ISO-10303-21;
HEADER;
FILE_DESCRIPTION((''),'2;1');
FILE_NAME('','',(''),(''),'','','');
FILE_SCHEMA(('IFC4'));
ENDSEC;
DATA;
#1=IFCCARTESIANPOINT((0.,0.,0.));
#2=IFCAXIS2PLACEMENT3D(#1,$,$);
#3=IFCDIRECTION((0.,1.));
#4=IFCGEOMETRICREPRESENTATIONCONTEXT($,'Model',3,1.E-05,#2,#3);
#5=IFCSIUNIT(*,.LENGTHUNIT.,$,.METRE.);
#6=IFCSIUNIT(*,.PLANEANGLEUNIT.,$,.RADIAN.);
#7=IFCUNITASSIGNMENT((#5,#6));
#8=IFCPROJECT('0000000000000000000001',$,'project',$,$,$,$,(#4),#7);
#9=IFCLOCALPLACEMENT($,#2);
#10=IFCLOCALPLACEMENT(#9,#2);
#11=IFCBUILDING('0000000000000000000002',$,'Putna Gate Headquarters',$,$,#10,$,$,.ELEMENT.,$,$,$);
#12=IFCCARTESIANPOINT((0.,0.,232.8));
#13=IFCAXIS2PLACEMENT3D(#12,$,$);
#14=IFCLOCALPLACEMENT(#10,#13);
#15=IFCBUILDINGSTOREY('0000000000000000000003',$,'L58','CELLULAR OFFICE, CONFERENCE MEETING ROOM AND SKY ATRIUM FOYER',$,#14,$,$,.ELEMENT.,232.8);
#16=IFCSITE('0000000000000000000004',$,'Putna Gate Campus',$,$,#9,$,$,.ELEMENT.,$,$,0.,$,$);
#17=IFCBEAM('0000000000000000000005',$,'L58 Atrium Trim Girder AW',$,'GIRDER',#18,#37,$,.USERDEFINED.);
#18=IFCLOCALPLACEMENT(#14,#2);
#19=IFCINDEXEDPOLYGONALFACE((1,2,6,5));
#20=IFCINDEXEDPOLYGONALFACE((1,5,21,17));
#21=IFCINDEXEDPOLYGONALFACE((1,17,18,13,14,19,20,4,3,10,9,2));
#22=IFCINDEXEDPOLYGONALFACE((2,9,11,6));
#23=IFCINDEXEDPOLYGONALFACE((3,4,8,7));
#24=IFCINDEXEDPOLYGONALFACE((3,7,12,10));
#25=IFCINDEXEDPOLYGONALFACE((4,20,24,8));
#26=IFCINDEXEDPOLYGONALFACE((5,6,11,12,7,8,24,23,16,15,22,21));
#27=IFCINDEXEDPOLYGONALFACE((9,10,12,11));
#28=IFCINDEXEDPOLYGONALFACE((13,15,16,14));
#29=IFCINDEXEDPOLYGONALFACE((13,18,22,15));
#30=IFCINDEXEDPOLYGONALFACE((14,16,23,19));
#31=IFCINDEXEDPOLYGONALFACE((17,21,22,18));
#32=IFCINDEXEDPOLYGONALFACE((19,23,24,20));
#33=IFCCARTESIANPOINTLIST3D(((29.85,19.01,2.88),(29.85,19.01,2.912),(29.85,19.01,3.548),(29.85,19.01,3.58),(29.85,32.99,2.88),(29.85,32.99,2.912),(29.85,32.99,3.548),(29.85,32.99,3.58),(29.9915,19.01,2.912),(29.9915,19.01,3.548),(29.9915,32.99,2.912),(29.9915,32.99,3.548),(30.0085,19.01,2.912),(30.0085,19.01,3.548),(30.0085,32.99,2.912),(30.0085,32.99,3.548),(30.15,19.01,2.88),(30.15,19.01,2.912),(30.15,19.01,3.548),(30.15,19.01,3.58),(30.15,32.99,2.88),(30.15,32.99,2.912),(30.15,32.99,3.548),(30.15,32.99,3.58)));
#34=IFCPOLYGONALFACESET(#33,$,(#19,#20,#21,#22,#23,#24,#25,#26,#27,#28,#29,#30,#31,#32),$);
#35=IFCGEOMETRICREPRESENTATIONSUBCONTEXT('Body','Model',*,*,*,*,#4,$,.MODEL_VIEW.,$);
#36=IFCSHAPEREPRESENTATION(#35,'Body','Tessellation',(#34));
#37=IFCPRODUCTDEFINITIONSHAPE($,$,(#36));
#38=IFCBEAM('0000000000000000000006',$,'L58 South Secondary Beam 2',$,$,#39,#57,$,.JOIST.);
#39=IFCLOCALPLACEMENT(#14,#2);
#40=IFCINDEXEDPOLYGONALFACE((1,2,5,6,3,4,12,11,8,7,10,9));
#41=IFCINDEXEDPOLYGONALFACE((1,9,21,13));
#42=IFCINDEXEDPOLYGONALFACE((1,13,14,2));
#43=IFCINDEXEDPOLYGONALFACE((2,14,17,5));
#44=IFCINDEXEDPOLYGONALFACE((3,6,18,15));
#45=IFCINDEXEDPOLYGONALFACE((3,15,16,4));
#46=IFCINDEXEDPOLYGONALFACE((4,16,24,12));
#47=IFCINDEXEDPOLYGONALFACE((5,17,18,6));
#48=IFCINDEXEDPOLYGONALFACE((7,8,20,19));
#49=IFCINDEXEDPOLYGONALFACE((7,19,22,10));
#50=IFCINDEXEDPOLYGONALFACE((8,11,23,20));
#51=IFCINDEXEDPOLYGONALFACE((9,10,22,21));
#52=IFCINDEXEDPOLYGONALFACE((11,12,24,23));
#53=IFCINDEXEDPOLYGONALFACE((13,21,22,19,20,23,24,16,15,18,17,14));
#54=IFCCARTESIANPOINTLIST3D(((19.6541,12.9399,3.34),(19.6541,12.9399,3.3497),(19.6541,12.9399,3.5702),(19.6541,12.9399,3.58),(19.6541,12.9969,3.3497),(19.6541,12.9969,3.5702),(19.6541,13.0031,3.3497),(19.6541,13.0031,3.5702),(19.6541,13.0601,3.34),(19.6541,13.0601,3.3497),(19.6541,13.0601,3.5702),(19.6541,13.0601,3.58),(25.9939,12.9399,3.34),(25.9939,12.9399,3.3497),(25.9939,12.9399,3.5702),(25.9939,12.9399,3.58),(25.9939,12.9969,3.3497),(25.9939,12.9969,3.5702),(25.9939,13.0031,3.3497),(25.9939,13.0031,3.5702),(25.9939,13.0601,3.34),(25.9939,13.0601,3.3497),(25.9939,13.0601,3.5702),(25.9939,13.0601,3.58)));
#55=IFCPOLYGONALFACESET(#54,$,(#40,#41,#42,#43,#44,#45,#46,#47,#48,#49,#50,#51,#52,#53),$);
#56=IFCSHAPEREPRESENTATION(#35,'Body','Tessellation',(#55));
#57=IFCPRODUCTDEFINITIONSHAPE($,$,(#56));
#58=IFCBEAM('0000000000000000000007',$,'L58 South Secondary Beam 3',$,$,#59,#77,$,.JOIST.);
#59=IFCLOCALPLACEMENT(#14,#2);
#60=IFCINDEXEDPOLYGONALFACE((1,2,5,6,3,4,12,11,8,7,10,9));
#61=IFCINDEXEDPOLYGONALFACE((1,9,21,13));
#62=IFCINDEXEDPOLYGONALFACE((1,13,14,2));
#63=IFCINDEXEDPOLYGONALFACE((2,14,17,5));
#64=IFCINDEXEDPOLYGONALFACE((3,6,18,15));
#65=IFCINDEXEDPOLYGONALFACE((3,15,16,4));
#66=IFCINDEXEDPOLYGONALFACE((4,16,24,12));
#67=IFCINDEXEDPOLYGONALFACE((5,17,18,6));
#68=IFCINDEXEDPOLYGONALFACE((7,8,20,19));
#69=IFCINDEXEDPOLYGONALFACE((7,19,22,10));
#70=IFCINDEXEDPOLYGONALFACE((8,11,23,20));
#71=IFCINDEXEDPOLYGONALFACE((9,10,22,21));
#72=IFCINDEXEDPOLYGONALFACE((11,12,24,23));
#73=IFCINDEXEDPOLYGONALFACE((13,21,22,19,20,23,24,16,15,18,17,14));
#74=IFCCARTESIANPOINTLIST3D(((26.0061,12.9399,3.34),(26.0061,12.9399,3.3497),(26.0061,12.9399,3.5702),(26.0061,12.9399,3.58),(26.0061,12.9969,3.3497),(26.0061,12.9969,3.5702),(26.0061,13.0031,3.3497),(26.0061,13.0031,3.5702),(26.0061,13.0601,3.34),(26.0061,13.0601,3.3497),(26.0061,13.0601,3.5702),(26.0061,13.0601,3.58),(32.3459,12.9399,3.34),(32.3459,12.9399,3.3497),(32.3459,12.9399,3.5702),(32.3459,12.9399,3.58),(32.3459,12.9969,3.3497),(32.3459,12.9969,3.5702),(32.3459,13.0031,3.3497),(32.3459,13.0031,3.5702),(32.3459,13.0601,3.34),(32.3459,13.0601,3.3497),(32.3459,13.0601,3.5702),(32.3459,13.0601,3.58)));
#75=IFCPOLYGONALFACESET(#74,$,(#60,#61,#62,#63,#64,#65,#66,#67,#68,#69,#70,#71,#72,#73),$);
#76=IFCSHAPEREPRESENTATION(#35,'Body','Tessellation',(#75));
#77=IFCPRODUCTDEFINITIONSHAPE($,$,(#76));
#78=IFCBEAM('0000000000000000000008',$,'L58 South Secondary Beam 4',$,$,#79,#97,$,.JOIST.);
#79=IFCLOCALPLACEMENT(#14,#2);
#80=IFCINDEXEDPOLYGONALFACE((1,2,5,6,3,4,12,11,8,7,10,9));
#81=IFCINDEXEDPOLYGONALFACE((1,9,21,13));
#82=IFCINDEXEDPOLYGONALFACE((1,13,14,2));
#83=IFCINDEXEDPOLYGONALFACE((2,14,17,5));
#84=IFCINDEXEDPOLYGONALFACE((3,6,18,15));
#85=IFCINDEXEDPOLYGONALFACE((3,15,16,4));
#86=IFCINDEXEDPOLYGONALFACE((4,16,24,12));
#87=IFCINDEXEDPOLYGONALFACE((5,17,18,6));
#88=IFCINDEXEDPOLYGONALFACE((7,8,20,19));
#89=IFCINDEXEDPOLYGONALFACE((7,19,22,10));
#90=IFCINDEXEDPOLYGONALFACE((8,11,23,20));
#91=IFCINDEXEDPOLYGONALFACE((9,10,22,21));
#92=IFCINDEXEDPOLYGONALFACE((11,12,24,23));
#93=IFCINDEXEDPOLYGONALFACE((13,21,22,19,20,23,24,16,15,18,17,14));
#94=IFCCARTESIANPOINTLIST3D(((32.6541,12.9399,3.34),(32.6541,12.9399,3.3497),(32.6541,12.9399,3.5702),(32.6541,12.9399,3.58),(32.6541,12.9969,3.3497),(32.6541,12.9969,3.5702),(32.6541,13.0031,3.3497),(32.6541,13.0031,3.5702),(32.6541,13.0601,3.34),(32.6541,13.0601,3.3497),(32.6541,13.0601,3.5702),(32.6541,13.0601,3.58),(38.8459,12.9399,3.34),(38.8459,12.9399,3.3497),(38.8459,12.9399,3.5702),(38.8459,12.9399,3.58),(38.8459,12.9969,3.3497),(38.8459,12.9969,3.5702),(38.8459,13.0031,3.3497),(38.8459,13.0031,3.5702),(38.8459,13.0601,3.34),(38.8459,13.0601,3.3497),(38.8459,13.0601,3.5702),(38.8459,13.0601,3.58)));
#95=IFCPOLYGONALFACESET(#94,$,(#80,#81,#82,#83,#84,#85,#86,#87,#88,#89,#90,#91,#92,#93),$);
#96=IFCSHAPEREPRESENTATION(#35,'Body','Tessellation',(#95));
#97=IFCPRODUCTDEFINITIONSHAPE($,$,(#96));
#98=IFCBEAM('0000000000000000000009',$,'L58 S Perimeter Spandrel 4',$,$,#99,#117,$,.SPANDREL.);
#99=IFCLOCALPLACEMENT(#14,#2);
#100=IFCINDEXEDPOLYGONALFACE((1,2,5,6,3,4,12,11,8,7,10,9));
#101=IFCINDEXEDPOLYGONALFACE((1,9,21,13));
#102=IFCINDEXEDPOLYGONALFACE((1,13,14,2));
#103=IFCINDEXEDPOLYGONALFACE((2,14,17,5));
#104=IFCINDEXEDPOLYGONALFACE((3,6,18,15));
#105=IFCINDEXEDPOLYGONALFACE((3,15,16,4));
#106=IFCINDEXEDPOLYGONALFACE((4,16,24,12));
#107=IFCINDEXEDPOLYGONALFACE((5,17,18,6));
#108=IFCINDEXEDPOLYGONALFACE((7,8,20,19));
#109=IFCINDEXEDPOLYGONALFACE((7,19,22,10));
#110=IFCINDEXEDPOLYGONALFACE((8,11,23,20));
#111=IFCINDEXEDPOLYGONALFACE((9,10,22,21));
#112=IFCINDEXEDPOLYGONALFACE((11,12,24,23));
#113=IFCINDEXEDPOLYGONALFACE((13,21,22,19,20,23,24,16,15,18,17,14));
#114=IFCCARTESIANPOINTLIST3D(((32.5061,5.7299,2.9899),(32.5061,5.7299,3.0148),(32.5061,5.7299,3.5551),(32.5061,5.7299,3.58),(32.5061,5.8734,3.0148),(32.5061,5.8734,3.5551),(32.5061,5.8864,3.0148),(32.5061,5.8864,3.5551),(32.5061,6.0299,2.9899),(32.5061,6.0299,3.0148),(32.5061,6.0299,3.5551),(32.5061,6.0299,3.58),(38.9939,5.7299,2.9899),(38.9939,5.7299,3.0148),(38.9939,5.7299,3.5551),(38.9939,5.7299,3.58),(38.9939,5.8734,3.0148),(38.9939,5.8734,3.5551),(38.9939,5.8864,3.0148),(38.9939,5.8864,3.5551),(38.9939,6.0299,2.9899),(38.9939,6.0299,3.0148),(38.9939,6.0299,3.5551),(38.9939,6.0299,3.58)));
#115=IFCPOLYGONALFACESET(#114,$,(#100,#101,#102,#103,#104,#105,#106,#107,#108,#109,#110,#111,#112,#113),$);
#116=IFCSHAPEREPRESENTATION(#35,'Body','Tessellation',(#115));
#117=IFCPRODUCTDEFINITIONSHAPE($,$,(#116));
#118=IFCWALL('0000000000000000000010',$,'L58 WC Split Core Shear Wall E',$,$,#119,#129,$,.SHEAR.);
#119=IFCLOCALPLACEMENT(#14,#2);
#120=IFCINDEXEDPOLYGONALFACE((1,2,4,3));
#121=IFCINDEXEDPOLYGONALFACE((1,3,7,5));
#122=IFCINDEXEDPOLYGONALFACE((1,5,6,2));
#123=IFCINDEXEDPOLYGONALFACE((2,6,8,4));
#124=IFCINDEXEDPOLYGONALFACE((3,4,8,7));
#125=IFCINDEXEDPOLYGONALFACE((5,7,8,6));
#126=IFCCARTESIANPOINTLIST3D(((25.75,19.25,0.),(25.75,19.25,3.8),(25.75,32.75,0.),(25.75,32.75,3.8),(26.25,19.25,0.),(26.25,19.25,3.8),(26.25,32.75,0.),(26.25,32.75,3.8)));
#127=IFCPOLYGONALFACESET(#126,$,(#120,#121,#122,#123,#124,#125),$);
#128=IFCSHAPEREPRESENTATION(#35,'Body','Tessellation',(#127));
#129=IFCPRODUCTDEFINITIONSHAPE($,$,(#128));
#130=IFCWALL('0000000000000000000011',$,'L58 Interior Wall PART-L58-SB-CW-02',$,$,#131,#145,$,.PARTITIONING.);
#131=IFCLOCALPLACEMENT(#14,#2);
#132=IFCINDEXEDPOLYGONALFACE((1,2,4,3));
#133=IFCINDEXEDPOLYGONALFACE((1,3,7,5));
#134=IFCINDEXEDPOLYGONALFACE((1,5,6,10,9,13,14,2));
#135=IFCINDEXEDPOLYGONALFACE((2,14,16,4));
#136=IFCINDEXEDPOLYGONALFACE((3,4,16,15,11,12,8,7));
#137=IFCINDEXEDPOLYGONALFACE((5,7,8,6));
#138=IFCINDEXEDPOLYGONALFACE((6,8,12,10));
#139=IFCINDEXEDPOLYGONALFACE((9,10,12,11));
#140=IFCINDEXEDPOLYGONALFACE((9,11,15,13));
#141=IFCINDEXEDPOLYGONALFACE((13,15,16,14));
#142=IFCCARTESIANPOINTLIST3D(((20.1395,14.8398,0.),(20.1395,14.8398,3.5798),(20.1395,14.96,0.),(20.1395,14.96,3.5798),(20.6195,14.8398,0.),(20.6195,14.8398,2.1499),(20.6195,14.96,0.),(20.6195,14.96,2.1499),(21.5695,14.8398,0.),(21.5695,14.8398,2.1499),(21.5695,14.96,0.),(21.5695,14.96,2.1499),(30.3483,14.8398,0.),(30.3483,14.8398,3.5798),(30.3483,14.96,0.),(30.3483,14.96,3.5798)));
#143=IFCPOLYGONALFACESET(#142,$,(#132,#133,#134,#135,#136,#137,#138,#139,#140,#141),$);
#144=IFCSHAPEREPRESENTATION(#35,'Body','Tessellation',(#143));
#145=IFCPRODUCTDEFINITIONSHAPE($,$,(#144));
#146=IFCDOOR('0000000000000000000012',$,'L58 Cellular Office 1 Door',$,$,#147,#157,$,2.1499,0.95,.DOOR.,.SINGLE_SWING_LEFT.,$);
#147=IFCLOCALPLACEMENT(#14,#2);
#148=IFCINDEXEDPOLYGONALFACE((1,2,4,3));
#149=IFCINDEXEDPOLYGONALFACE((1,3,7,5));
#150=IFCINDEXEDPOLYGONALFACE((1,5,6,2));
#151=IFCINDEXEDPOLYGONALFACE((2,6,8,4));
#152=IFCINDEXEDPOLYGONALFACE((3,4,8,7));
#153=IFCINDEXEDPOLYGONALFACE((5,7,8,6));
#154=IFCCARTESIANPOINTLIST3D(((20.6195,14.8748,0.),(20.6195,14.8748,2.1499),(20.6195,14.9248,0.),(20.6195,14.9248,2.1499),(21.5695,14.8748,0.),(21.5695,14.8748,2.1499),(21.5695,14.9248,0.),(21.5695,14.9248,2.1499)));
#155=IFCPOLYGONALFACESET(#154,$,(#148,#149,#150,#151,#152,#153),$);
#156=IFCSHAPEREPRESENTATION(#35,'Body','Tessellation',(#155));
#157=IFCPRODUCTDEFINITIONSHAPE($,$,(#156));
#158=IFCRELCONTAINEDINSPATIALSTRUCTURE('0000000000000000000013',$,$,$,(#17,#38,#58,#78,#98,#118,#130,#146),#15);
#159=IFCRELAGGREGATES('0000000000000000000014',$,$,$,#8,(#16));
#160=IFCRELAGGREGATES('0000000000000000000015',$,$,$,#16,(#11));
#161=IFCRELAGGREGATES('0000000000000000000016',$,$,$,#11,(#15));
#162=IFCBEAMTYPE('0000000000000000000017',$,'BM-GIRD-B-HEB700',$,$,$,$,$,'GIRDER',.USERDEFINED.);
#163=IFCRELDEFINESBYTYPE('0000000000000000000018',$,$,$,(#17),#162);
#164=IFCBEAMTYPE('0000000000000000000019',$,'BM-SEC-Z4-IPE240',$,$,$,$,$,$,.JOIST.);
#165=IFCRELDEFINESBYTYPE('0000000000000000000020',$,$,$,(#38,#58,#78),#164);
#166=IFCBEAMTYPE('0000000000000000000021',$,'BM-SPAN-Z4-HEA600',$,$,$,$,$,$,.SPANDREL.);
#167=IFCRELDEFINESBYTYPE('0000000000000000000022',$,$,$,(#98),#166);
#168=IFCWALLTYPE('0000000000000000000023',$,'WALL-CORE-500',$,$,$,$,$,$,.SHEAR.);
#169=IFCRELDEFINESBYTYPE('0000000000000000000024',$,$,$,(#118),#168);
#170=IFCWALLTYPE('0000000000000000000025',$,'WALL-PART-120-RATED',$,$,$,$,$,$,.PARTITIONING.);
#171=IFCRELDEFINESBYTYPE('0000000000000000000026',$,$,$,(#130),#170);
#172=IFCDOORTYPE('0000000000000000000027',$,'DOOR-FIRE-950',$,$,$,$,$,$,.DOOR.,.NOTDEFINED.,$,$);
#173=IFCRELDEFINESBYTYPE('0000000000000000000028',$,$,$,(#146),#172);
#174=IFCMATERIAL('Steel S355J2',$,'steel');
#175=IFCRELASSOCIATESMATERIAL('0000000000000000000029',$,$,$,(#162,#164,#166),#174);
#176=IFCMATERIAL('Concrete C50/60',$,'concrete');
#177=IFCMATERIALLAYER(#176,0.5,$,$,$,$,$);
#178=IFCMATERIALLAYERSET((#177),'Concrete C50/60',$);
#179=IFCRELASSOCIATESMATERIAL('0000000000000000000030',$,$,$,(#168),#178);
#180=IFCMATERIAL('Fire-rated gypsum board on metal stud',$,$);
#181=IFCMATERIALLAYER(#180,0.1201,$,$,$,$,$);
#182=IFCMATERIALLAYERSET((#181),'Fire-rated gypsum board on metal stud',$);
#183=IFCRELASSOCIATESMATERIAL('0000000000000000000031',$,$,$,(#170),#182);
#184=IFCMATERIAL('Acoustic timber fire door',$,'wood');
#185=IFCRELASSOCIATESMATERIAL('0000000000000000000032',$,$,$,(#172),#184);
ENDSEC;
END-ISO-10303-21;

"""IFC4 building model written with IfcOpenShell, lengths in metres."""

from ifc_helpers import new_model, si_unit, direction, frame, frame_2d, origin, origin_2d, place, context, subcontext, project, spatial, rectangle, i_section, extrude, material, layer, layer_set, material_profile, profile_set, type_object, element, fill, save


model = new_model("IFC4")

# Units and contexts
model_context = context("Model", 3, precision=1e-05, world=origin(), true_north=direction((0.0, 1.0)))
body_context = subcontext(model_context, "Body", "Model", "MODEL_VIEW")
ifc_project = project(units=[si_unit("LENGTHUNIT", "METRE"), si_unit("PLANEANGLEUNIT", "RADIAN")], contexts=[model_context])

# Site, building, storey
site_placement = place(None, origin())
site = spatial("IfcSite", under=ifc_project, at=site_placement, Name="Putna Gate Campus", CompositionType="ELEMENT", RefElevation=0.0)
building_placement = place(site_placement, origin())
building = spatial("IfcBuilding", under=site, at=building_placement, Name="Putna Gate Headquarters", CompositionType="ELEMENT")
storey_placement = place(building_placement, frame((0.0, 0.0, 232.8)))
storey = spatial("IfcBuildingStorey", under=building, at=storey_placement, Name="L58", Description="CELLULAR OFFICE, CONFERENCE MEETING ROOM AND SKY ATRIUM FOYER", CompositionType="ELEMENT", Elevation=232.8)

# Beams
ifc_material_1 = material(Name="Steel S355J2", Category="steel")
ifc_material_profile_1 = material_profile(ifc_material_1, i_section(OverallWidth=0.3, OverallDepth=0.7, WebThickness=0.0171, FlangeThickness=0.032, at=origin_2d()), Name="Steel S355J2")
ifc_profile_set_1 = profile_set([ifc_material_profile_1], Name="Steel S355J2")
beam_type_1 = type_object("IfcBeamType", Name="BM-GIRD-B-HEB700", ElementType="GIRDER", PredefinedType="USERDEFINED", material=ifc_profile_set_1)
beam_1_placement = place(storey_placement, frame((30.0, 19.01, 3.23), z_axis=(0.0, 1.0, 0.0), x_axis=(-1.0, 0.0, 0.0)))
element("IfcBeam", 1, at=beam_1_placement, inside=storey, type_object=beam_type_1, Name="L58 Atrium Trim Girder AW", ObjectType="GIRDER", PredefinedType="USERDEFINED", context=body_context, shape_type="SweptSolid", body=[
    extrude(i_section(OverallWidth=0.3, OverallDepth=0.7, WebThickness=0.0171, FlangeThickness=0.032, at=origin_2d()), origin(), (0.0, 0.0, 1.0), 13.98),
])
ifc_material_profile_2 = material_profile(ifc_material_1, i_section(OverallWidth=0.1201, OverallDepth=0.24, WebThickness=0.0061, FlangeThickness=0.0098, at=origin_2d()), Name="Steel S355J2")
ifc_profile_set_2 = profile_set([ifc_material_profile_2], Name="Steel S355J2")
beam_type_2 = type_object("IfcBeamType", Name="BM-SEC-Z4-IPE240", PredefinedType="JOIST", material=ifc_profile_set_2)
for number, where, z_axis, x_axis, name in (
    (2, (19.6541, 13.0, 3.46), (1.0, 0.0, 0.0), (0.0, 1.0, 0.0), "L58 South Secondary Beam 2"),
    (3, (26.0061, 13.0, 3.46), (1.0, 0.0, 0.0), (0.0, 1.0, 0.0), "L58 South Secondary Beam 3"),
):
    element("IfcBeam", number, at=place(storey_placement, frame(where, z_axis=z_axis, x_axis=x_axis)), inside=storey, type_object=beam_type_2, Name=name, PredefinedType="JOIST", context=body_context, shape_type="SweptSolid", body=[
        extrude(i_section(OverallWidth=0.1201, OverallDepth=0.24, WebThickness=0.0061, FlangeThickness=0.0098, at=origin_2d()), origin(), (0.0, 0.0, 1.0), 6.3398),
    ])
beam_2_placement = place(storey_placement, frame((32.6541, 13.0, 3.46), z_axis=(1.0, 0.0, 0.0), x_axis=(0.0, 1.0, 0.0)))
element("IfcBeam", 4, at=beam_2_placement, inside=storey, type_object=beam_type_2, Name="L58 South Secondary Beam 4", PredefinedType="JOIST", context=body_context, shape_type="SweptSolid", body=[
    extrude(i_section(OverallWidth=0.1201, OverallDepth=0.24, WebThickness=0.0061, FlangeThickness=0.0098, at=origin_2d()), origin(), (0.0, 0.0, 1.0), 6.1919),
])
ifc_material_profile_3 = material_profile(ifc_material_1, i_section(OverallWidth=0.3, OverallDepth=0.5901, WebThickness=0.0129, FlangeThickness=0.0249, at=origin_2d()), Name="Steel S355J2")
ifc_profile_set_3 = profile_set([ifc_material_profile_3], Name="Steel S355J2")
beam_type_3 = type_object("IfcBeamType", Name="BM-SPAN-Z4-HEA600", PredefinedType="SPANDREL", material=ifc_profile_set_3)
beam_3_placement = place(storey_placement, frame((32.5061, 5.8799, 3.2849), z_axis=(1.0, 0.0, 0.0), x_axis=(0.0, 1.0, 0.0)))
element("IfcBeam", 5, at=beam_3_placement, inside=storey, type_object=beam_type_3, Name="L58 S Perimeter Spandrel 4", PredefinedType="SPANDREL", context=body_context, shape_type="SweptSolid", body=[
    extrude(i_section(OverallWidth=0.3, OverallDepth=0.5901, WebThickness=0.0129, FlangeThickness=0.0249, at=origin_2d()), origin(), (0.0, 0.0, 1.0), 6.4878),
])

# Wall
ifc_material_2 = material(Name="Concrete C50/60", Category="concrete")
ifc_layer_1 = layer(ifc_material_2, 0.5)
ifc_layer_set_1 = layer_set([ifc_layer_1], Name="Concrete C50/60")
wall_type_1 = type_object("IfcWallType", Name="WALL-CORE-500", PredefinedType="SHEAR", material=ifc_layer_set_1)
wall_1_placement = place(storey_placement, frame((26.0, 19.25, 0.0), z_axis=(0.0, 0.0, 1.0), x_axis=(0.0, 1.0, 0.0)))
element("IfcWall", 6, at=wall_1_placement, inside=storey, type_object=wall_type_1, Name="L58 WC Split Core Shear Wall E", PredefinedType="SHEAR", context=body_context, shape_type="SweptSolid", body=[
    extrude(rectangle(XDim=13.5, YDim=0.5, at=frame_2d((6.75, 0.0))), origin(), (0.0, 0.0, 1.0), 3.8),
])

# Wall, opening, door
ifc_material_3 = material(Name="Fire-rated gypsum board on metal stud")
ifc_layer_2 = layer(ifc_material_3, 0.1201)
ifc_layer_set_2 = layer_set([ifc_layer_2], Name="Fire-rated gypsum board on metal stud")
wall_type_2 = type_object("IfcWallType", Name="WALL-PART-120-RATED", PredefinedType="PARTITIONING", material=ifc_layer_set_2)
wall_2_placement = place(storey_placement, frame((20.1394, 14.8999, 0.0), z_axis=(0.0, 0.0, 1.0), x_axis=(1.0, 0.0, 0.0)))
wall_2 = element("IfcWall", 7, at=wall_2_placement, inside=storey, type_object=wall_type_2, Name="L58 Interior Wall PART-L58-SB-CW-02", PredefinedType="PARTITIONING", context=body_context, shape_type="SweptSolid", body=[
    extrude(rectangle(XDim=10.2087, YDim=0.1201, at=frame_2d((5.1045, 0.0))), origin(), (0.0, 0.0, 1.0), 3.5798),
])
opening_1_placement = place(wall_2_placement, frame((0.48, 0.0, 0.0)))
opening_1 = element("IfcOpeningElement", 8, at=opening_1_placement, cuts=wall_2, PredefinedType="OPENING", context=body_context, shape_type="SweptSolid", body=[
    extrude(rectangle(XDim=0.95, YDim=2.1499, at=frame_2d((0.4751, 1.075))), frame((0.0, 0.0701, 0.0), z_axis=(0.0, -1.0, 0.0), x_axis=(1.0, 0.0, 0.0)), (0.0, 0.0, 1.0), 0.1401),
])
ifc_material_4 = material(Name="Acoustic timber fire door", Category="wood")
door_type_1 = type_object("IfcDoorType", Name="DOOR-FIRE-950", OperationType="NOTDEFINED", PredefinedType="DOOR", material=ifc_material_4)
door_1_placement = place(opening_1_placement, origin())
door_1 = element("IfcDoor", 9, at=door_1_placement, inside=storey, type_object=door_type_1, Name="L58 Cellular Office 1 Door", OperationType="SINGLE_SWING_LEFT", OverallHeight=2.1499, OverallWidth=0.95, PredefinedType="DOOR", context=body_context, shape_type="SweptSolid", body=[
    extrude(rectangle(XDim=0.95, YDim=2.1499, at=frame_2d((0.4751, 1.075))), frame((0.0, 0.0249, 0.0), z_axis=(0.0, -1.0, 0.0), x_axis=(1.0, 0.0, 0.0)), (0.0, 0.0, 1.0), 0.05),
])
fill(opening_1, door_1)

save(model, "model.ifc")
